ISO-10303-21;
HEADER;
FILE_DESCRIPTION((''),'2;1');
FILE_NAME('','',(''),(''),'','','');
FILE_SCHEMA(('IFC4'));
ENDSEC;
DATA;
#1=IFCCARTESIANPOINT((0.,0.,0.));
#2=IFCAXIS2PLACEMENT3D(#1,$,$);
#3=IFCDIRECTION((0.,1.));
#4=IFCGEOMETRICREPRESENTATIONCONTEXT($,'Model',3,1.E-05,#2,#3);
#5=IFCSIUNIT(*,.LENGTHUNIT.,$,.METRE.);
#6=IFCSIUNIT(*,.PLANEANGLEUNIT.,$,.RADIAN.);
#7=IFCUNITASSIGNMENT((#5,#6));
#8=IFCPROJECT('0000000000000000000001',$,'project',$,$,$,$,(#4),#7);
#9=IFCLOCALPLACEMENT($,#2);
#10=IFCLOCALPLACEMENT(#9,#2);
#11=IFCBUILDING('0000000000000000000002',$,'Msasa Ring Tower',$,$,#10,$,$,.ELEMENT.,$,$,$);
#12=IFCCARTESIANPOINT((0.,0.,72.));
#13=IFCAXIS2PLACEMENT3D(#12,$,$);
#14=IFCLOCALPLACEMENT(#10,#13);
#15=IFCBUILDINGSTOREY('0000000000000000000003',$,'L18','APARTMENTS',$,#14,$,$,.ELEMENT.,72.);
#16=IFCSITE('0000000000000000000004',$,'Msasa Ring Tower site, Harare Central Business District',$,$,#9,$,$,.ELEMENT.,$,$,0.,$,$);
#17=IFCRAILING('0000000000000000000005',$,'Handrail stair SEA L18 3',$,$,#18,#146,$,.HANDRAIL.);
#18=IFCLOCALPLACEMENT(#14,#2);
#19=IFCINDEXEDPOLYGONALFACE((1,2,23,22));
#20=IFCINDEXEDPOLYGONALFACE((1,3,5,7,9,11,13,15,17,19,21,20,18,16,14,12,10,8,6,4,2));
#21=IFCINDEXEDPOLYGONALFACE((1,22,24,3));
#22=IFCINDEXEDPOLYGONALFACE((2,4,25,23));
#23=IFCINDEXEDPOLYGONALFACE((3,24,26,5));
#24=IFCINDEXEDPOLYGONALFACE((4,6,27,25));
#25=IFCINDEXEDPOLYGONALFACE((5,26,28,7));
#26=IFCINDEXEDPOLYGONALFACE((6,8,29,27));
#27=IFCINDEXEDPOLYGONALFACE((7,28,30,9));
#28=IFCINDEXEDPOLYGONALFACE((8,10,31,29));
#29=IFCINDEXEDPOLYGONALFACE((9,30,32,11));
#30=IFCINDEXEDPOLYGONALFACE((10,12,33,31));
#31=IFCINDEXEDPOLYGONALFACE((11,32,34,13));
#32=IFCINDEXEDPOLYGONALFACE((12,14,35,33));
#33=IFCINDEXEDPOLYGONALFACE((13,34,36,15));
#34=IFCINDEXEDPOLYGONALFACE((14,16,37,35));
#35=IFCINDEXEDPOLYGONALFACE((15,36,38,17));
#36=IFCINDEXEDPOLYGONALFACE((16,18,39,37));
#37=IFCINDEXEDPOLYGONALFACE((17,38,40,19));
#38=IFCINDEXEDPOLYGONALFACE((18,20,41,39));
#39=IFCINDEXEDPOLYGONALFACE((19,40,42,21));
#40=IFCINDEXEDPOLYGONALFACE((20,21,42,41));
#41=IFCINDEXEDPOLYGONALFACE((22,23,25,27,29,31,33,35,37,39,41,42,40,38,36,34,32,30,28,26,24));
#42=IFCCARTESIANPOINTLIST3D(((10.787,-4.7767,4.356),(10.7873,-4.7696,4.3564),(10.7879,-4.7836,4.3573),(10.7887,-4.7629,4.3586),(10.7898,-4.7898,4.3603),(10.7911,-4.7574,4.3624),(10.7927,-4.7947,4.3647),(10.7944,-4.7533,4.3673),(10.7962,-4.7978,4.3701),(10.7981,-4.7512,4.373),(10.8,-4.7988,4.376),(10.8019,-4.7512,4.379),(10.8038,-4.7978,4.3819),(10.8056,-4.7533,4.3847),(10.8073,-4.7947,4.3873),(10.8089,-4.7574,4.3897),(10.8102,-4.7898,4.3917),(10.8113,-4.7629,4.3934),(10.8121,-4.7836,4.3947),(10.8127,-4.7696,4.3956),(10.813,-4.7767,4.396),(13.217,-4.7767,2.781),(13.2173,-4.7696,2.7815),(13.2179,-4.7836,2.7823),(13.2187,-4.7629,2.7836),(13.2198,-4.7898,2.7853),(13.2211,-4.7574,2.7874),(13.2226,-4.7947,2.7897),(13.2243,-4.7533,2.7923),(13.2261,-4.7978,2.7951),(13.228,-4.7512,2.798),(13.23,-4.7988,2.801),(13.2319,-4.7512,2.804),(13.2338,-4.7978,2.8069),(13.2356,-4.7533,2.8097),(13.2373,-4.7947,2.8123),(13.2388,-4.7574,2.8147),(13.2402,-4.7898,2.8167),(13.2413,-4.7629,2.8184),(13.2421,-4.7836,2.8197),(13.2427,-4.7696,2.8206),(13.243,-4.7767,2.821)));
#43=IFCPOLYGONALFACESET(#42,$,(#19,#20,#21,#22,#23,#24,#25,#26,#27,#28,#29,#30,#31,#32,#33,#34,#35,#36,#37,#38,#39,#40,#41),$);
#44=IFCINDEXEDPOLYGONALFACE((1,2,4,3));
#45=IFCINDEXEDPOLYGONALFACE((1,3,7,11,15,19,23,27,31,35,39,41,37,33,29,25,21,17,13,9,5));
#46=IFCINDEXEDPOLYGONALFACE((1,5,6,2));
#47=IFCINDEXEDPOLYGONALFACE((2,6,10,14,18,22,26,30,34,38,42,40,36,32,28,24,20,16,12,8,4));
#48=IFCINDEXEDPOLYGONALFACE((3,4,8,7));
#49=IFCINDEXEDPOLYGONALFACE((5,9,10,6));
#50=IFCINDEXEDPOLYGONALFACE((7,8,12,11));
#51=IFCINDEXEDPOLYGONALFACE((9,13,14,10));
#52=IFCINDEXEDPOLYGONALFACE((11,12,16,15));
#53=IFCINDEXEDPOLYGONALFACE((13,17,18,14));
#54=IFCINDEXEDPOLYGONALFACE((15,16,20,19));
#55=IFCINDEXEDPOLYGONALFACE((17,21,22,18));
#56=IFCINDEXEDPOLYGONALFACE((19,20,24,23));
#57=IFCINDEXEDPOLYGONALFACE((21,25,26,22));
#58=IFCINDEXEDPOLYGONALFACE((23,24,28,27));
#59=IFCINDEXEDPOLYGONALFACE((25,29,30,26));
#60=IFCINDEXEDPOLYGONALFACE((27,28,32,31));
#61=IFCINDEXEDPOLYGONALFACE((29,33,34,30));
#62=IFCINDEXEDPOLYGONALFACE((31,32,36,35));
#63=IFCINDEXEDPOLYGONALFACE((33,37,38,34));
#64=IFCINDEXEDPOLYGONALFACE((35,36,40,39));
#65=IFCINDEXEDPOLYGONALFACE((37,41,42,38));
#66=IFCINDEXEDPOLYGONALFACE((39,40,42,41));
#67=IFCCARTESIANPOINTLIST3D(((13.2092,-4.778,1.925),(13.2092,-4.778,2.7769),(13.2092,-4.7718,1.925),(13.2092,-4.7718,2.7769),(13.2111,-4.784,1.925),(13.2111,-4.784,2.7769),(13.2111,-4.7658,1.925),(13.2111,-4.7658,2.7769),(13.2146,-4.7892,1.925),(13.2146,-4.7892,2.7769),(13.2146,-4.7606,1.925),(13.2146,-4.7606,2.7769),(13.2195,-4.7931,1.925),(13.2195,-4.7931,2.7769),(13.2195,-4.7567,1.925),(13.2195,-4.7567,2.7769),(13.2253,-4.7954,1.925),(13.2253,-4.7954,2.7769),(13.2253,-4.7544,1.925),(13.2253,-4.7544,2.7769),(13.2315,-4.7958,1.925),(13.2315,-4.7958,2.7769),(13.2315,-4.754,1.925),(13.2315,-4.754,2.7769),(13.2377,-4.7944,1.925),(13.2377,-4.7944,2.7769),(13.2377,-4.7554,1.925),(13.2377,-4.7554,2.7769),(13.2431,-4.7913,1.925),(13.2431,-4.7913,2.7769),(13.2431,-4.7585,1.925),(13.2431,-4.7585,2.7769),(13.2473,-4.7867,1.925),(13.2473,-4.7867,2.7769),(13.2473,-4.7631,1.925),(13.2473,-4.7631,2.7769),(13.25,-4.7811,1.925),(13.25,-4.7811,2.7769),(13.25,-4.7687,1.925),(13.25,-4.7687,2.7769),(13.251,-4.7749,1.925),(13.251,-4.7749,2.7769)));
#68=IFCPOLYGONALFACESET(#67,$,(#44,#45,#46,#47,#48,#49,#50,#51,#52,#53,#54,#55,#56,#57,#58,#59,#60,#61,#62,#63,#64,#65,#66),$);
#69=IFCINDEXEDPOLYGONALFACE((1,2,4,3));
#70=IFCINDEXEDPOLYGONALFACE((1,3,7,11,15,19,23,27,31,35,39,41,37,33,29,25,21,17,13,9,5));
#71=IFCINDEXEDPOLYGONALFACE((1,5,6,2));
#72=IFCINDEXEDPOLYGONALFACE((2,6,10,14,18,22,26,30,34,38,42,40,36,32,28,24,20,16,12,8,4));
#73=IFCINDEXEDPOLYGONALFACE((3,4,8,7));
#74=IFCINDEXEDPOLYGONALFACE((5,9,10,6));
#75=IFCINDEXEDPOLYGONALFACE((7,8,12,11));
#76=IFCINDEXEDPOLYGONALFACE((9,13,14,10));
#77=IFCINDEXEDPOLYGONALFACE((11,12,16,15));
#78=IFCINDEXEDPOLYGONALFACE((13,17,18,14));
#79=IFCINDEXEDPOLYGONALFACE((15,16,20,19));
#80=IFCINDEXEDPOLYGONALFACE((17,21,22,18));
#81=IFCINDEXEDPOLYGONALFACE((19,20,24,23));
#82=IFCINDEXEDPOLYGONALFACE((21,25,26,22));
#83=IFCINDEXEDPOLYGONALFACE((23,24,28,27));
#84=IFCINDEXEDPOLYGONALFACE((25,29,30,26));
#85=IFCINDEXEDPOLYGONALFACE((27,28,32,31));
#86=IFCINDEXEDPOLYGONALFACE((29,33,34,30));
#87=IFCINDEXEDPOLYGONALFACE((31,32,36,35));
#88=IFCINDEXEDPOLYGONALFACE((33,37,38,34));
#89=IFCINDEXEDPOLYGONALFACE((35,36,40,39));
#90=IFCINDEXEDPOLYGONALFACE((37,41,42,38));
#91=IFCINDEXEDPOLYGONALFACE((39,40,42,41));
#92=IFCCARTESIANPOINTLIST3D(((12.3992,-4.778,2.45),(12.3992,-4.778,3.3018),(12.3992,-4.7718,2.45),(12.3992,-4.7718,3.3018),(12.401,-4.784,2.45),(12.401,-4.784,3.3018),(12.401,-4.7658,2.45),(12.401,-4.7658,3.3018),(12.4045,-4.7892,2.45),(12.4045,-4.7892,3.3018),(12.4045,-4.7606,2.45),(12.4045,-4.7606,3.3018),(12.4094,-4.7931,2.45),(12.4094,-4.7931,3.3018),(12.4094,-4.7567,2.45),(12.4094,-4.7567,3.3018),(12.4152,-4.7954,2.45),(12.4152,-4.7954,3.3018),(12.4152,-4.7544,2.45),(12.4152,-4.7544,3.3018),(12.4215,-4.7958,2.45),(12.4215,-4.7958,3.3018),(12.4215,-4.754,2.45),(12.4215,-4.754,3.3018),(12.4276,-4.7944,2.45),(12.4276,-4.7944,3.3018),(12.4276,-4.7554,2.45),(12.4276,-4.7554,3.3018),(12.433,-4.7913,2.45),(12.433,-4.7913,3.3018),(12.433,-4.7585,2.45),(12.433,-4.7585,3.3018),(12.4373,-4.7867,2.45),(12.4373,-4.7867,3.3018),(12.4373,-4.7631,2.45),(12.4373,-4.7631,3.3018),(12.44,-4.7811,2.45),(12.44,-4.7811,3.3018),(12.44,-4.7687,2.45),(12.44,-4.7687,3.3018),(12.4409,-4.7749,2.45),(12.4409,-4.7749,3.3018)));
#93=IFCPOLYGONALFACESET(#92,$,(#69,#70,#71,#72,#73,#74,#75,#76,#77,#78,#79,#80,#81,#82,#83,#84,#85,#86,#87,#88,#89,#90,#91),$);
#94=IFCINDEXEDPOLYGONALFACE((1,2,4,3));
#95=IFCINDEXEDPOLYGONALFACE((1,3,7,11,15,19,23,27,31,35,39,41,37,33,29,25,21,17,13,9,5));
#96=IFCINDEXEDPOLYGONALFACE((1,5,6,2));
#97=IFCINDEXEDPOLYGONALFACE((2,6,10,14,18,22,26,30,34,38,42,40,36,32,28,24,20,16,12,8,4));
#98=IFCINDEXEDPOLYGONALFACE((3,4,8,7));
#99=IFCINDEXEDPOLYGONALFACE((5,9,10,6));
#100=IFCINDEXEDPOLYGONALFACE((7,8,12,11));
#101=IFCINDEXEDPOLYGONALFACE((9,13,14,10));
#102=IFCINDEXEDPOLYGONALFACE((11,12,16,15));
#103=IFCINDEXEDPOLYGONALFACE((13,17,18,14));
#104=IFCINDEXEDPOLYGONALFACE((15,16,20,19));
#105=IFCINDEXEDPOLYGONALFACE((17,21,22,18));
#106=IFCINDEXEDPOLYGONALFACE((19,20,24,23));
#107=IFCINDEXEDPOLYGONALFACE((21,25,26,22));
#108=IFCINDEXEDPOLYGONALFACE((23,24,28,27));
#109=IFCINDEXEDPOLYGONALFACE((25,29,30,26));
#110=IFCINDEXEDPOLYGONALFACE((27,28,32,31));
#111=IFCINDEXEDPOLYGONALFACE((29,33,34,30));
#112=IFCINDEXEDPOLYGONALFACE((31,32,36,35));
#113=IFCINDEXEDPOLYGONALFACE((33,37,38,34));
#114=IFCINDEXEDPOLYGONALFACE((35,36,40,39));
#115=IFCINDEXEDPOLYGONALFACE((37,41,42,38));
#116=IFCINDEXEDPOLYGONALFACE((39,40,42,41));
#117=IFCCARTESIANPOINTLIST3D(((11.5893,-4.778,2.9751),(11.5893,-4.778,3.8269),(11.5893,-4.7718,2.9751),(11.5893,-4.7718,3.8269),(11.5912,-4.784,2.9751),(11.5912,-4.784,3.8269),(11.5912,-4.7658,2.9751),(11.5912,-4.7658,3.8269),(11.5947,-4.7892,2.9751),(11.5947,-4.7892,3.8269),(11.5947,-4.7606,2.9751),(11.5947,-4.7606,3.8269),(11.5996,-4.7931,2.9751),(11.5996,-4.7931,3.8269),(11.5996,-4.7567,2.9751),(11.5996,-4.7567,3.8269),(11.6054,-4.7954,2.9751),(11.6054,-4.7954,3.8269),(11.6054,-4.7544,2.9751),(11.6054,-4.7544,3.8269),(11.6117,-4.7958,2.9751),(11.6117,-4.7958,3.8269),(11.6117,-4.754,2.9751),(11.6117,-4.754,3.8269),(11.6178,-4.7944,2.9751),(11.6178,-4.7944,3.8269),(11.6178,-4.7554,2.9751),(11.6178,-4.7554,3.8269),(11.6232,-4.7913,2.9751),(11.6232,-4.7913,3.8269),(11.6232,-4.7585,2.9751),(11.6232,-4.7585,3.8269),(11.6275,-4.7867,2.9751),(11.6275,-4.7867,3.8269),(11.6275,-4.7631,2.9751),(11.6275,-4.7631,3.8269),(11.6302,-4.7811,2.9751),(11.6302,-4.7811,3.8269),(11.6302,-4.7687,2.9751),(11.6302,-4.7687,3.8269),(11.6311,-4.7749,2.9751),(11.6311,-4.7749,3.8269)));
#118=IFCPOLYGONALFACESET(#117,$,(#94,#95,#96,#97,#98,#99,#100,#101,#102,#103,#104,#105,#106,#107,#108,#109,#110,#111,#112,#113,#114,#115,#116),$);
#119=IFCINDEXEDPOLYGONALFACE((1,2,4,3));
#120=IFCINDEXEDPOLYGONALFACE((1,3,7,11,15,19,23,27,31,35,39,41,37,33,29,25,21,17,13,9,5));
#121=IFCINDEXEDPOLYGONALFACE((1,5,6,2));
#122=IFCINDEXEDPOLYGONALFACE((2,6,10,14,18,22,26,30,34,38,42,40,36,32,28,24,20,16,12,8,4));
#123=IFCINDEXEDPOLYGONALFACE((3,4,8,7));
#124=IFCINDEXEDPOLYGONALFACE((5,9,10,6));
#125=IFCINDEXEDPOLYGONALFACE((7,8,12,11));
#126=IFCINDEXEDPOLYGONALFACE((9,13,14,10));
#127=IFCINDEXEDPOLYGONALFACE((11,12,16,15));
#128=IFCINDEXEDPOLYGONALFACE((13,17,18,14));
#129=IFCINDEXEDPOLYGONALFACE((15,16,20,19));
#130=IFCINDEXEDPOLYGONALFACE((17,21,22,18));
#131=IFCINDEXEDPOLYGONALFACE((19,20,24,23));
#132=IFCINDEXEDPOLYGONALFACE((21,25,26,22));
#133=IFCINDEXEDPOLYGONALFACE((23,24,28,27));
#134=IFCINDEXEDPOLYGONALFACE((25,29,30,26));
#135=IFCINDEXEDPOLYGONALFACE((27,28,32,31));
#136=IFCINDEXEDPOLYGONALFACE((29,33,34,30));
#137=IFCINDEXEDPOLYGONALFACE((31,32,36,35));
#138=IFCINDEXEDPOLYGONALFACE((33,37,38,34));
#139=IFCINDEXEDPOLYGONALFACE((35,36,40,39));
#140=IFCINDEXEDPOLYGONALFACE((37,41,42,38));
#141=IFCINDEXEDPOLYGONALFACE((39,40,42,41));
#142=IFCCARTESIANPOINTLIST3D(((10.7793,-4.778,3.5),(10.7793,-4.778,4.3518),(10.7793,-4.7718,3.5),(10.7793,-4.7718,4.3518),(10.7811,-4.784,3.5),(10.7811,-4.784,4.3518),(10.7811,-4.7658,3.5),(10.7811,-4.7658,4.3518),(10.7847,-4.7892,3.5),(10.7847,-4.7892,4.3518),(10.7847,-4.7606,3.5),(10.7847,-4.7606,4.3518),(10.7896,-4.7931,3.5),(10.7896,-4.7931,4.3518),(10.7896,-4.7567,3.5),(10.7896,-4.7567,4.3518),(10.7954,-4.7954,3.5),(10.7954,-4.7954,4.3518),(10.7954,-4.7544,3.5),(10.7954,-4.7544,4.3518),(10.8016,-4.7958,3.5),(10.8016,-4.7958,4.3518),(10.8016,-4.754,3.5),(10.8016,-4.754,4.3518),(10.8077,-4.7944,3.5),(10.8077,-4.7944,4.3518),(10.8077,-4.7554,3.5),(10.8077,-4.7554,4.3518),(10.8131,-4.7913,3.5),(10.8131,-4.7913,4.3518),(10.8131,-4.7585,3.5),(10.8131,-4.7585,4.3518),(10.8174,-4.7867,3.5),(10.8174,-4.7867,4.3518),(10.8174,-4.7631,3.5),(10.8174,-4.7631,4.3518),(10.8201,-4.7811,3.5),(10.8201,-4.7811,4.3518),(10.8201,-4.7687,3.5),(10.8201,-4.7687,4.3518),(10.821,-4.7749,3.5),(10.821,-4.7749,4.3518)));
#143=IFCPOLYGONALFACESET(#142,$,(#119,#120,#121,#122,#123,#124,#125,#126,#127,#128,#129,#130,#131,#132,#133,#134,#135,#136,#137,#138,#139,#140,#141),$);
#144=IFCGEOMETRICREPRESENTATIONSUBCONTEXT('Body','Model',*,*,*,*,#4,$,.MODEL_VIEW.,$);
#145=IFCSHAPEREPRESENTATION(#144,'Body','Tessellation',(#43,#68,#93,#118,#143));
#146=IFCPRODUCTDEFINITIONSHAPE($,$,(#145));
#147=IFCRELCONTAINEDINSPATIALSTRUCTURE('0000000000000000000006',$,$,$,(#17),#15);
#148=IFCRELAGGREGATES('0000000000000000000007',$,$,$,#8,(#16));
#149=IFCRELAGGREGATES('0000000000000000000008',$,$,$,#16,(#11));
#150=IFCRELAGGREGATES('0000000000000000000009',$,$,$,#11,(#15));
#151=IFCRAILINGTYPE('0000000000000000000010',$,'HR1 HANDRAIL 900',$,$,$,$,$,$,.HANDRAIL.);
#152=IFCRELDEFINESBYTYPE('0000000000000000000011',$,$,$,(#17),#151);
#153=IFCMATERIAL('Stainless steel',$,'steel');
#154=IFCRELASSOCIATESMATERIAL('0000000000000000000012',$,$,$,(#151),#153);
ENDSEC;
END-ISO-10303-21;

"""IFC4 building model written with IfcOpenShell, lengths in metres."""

from ifc_helpers import new_model, si_unit, direction, frame, origin, origin_2d, place, context, subcontext, project, spatial, circle, extrude, material, type_object, element, save


model = new_model("IFC4")

# Units and contexts
model_context = context("Model", 3, precision=1e-05, world=origin(), true_north=direction((0.0, 1.0)))
body_context = subcontext(model_context, "Body", "Model", "MODEL_VIEW")
ifc_project = project(units=[si_unit("LENGTHUNIT", "METRE"), si_unit("PLANEANGLEUNIT", "RADIAN")], contexts=[model_context])

# Site, building, storey
site_placement = place(None, origin())
site = spatial("IfcSite", under=ifc_project, at=site_placement, Name="Msasa Ring Tower site, Harare Central Business District", CompositionType="ELEMENT", RefElevation=0.0)
building_placement = place(site_placement, origin())
building = spatial("IfcBuilding", under=site, at=building_placement, Name="Msasa Ring Tower", CompositionType="ELEMENT")
storey_placement = place(building_placement, frame((0.0, 0.0, 72.0)))
storey = spatial("IfcBuildingStorey", under=building, at=storey_placement, Name="L18", Description="APARTMENTS", CompositionType="ELEMENT", Elevation=72.0)

# Railing
ifc_material_1 = material(Name="Stainless steel", Category="steel")
railing_type = type_object("IfcRailingType", Name="HR1 HANDRAIL 900", PredefinedType="HANDRAIL", material=ifc_material_1)
railing_placement = place(storey_placement, frame((13.23, -4.7749, 1.925)))
element("IfcRailing", 1, at=railing_placement, inside=storey, type_object=railing_type, Name="Handrail stair SEA L18 3", PredefinedType="HANDRAIL", context=body_context, shape_type="SweptSolid", body=[
    extrude(circle(Radius=0.0239, at=origin_2d()), frame((0.0, 0.0, 0.876), z_axis=(-0.839154, 0.0, 0.543894), x_axis=(0.0, -1.0, 0.0)), (0.0, 0.0, 1.0), 2.8958),
    extrude(circle(Radius=0.021, at=origin_2d()), origin(), (0.0, 0.0, 1.0), 0.8518),
    extrude(circle(Radius=0.021, at=origin_2d()), frame((-0.8101, 0.0, 0.5249)), (0.0, 0.0, 1.0), 0.8518),
    extrude(circle(Radius=0.021, at=origin_2d()), frame((-1.6199, 0.0, 1.05)), (0.0, 0.0, 1.0), 0.8518),
    extrude(circle(Radius=0.021, at=origin_2d()), frame((-2.4299, 0.0, 1.575)), (0.0, 0.0, 1.0), 0.8518),
])

save(model, "model.ifc")
